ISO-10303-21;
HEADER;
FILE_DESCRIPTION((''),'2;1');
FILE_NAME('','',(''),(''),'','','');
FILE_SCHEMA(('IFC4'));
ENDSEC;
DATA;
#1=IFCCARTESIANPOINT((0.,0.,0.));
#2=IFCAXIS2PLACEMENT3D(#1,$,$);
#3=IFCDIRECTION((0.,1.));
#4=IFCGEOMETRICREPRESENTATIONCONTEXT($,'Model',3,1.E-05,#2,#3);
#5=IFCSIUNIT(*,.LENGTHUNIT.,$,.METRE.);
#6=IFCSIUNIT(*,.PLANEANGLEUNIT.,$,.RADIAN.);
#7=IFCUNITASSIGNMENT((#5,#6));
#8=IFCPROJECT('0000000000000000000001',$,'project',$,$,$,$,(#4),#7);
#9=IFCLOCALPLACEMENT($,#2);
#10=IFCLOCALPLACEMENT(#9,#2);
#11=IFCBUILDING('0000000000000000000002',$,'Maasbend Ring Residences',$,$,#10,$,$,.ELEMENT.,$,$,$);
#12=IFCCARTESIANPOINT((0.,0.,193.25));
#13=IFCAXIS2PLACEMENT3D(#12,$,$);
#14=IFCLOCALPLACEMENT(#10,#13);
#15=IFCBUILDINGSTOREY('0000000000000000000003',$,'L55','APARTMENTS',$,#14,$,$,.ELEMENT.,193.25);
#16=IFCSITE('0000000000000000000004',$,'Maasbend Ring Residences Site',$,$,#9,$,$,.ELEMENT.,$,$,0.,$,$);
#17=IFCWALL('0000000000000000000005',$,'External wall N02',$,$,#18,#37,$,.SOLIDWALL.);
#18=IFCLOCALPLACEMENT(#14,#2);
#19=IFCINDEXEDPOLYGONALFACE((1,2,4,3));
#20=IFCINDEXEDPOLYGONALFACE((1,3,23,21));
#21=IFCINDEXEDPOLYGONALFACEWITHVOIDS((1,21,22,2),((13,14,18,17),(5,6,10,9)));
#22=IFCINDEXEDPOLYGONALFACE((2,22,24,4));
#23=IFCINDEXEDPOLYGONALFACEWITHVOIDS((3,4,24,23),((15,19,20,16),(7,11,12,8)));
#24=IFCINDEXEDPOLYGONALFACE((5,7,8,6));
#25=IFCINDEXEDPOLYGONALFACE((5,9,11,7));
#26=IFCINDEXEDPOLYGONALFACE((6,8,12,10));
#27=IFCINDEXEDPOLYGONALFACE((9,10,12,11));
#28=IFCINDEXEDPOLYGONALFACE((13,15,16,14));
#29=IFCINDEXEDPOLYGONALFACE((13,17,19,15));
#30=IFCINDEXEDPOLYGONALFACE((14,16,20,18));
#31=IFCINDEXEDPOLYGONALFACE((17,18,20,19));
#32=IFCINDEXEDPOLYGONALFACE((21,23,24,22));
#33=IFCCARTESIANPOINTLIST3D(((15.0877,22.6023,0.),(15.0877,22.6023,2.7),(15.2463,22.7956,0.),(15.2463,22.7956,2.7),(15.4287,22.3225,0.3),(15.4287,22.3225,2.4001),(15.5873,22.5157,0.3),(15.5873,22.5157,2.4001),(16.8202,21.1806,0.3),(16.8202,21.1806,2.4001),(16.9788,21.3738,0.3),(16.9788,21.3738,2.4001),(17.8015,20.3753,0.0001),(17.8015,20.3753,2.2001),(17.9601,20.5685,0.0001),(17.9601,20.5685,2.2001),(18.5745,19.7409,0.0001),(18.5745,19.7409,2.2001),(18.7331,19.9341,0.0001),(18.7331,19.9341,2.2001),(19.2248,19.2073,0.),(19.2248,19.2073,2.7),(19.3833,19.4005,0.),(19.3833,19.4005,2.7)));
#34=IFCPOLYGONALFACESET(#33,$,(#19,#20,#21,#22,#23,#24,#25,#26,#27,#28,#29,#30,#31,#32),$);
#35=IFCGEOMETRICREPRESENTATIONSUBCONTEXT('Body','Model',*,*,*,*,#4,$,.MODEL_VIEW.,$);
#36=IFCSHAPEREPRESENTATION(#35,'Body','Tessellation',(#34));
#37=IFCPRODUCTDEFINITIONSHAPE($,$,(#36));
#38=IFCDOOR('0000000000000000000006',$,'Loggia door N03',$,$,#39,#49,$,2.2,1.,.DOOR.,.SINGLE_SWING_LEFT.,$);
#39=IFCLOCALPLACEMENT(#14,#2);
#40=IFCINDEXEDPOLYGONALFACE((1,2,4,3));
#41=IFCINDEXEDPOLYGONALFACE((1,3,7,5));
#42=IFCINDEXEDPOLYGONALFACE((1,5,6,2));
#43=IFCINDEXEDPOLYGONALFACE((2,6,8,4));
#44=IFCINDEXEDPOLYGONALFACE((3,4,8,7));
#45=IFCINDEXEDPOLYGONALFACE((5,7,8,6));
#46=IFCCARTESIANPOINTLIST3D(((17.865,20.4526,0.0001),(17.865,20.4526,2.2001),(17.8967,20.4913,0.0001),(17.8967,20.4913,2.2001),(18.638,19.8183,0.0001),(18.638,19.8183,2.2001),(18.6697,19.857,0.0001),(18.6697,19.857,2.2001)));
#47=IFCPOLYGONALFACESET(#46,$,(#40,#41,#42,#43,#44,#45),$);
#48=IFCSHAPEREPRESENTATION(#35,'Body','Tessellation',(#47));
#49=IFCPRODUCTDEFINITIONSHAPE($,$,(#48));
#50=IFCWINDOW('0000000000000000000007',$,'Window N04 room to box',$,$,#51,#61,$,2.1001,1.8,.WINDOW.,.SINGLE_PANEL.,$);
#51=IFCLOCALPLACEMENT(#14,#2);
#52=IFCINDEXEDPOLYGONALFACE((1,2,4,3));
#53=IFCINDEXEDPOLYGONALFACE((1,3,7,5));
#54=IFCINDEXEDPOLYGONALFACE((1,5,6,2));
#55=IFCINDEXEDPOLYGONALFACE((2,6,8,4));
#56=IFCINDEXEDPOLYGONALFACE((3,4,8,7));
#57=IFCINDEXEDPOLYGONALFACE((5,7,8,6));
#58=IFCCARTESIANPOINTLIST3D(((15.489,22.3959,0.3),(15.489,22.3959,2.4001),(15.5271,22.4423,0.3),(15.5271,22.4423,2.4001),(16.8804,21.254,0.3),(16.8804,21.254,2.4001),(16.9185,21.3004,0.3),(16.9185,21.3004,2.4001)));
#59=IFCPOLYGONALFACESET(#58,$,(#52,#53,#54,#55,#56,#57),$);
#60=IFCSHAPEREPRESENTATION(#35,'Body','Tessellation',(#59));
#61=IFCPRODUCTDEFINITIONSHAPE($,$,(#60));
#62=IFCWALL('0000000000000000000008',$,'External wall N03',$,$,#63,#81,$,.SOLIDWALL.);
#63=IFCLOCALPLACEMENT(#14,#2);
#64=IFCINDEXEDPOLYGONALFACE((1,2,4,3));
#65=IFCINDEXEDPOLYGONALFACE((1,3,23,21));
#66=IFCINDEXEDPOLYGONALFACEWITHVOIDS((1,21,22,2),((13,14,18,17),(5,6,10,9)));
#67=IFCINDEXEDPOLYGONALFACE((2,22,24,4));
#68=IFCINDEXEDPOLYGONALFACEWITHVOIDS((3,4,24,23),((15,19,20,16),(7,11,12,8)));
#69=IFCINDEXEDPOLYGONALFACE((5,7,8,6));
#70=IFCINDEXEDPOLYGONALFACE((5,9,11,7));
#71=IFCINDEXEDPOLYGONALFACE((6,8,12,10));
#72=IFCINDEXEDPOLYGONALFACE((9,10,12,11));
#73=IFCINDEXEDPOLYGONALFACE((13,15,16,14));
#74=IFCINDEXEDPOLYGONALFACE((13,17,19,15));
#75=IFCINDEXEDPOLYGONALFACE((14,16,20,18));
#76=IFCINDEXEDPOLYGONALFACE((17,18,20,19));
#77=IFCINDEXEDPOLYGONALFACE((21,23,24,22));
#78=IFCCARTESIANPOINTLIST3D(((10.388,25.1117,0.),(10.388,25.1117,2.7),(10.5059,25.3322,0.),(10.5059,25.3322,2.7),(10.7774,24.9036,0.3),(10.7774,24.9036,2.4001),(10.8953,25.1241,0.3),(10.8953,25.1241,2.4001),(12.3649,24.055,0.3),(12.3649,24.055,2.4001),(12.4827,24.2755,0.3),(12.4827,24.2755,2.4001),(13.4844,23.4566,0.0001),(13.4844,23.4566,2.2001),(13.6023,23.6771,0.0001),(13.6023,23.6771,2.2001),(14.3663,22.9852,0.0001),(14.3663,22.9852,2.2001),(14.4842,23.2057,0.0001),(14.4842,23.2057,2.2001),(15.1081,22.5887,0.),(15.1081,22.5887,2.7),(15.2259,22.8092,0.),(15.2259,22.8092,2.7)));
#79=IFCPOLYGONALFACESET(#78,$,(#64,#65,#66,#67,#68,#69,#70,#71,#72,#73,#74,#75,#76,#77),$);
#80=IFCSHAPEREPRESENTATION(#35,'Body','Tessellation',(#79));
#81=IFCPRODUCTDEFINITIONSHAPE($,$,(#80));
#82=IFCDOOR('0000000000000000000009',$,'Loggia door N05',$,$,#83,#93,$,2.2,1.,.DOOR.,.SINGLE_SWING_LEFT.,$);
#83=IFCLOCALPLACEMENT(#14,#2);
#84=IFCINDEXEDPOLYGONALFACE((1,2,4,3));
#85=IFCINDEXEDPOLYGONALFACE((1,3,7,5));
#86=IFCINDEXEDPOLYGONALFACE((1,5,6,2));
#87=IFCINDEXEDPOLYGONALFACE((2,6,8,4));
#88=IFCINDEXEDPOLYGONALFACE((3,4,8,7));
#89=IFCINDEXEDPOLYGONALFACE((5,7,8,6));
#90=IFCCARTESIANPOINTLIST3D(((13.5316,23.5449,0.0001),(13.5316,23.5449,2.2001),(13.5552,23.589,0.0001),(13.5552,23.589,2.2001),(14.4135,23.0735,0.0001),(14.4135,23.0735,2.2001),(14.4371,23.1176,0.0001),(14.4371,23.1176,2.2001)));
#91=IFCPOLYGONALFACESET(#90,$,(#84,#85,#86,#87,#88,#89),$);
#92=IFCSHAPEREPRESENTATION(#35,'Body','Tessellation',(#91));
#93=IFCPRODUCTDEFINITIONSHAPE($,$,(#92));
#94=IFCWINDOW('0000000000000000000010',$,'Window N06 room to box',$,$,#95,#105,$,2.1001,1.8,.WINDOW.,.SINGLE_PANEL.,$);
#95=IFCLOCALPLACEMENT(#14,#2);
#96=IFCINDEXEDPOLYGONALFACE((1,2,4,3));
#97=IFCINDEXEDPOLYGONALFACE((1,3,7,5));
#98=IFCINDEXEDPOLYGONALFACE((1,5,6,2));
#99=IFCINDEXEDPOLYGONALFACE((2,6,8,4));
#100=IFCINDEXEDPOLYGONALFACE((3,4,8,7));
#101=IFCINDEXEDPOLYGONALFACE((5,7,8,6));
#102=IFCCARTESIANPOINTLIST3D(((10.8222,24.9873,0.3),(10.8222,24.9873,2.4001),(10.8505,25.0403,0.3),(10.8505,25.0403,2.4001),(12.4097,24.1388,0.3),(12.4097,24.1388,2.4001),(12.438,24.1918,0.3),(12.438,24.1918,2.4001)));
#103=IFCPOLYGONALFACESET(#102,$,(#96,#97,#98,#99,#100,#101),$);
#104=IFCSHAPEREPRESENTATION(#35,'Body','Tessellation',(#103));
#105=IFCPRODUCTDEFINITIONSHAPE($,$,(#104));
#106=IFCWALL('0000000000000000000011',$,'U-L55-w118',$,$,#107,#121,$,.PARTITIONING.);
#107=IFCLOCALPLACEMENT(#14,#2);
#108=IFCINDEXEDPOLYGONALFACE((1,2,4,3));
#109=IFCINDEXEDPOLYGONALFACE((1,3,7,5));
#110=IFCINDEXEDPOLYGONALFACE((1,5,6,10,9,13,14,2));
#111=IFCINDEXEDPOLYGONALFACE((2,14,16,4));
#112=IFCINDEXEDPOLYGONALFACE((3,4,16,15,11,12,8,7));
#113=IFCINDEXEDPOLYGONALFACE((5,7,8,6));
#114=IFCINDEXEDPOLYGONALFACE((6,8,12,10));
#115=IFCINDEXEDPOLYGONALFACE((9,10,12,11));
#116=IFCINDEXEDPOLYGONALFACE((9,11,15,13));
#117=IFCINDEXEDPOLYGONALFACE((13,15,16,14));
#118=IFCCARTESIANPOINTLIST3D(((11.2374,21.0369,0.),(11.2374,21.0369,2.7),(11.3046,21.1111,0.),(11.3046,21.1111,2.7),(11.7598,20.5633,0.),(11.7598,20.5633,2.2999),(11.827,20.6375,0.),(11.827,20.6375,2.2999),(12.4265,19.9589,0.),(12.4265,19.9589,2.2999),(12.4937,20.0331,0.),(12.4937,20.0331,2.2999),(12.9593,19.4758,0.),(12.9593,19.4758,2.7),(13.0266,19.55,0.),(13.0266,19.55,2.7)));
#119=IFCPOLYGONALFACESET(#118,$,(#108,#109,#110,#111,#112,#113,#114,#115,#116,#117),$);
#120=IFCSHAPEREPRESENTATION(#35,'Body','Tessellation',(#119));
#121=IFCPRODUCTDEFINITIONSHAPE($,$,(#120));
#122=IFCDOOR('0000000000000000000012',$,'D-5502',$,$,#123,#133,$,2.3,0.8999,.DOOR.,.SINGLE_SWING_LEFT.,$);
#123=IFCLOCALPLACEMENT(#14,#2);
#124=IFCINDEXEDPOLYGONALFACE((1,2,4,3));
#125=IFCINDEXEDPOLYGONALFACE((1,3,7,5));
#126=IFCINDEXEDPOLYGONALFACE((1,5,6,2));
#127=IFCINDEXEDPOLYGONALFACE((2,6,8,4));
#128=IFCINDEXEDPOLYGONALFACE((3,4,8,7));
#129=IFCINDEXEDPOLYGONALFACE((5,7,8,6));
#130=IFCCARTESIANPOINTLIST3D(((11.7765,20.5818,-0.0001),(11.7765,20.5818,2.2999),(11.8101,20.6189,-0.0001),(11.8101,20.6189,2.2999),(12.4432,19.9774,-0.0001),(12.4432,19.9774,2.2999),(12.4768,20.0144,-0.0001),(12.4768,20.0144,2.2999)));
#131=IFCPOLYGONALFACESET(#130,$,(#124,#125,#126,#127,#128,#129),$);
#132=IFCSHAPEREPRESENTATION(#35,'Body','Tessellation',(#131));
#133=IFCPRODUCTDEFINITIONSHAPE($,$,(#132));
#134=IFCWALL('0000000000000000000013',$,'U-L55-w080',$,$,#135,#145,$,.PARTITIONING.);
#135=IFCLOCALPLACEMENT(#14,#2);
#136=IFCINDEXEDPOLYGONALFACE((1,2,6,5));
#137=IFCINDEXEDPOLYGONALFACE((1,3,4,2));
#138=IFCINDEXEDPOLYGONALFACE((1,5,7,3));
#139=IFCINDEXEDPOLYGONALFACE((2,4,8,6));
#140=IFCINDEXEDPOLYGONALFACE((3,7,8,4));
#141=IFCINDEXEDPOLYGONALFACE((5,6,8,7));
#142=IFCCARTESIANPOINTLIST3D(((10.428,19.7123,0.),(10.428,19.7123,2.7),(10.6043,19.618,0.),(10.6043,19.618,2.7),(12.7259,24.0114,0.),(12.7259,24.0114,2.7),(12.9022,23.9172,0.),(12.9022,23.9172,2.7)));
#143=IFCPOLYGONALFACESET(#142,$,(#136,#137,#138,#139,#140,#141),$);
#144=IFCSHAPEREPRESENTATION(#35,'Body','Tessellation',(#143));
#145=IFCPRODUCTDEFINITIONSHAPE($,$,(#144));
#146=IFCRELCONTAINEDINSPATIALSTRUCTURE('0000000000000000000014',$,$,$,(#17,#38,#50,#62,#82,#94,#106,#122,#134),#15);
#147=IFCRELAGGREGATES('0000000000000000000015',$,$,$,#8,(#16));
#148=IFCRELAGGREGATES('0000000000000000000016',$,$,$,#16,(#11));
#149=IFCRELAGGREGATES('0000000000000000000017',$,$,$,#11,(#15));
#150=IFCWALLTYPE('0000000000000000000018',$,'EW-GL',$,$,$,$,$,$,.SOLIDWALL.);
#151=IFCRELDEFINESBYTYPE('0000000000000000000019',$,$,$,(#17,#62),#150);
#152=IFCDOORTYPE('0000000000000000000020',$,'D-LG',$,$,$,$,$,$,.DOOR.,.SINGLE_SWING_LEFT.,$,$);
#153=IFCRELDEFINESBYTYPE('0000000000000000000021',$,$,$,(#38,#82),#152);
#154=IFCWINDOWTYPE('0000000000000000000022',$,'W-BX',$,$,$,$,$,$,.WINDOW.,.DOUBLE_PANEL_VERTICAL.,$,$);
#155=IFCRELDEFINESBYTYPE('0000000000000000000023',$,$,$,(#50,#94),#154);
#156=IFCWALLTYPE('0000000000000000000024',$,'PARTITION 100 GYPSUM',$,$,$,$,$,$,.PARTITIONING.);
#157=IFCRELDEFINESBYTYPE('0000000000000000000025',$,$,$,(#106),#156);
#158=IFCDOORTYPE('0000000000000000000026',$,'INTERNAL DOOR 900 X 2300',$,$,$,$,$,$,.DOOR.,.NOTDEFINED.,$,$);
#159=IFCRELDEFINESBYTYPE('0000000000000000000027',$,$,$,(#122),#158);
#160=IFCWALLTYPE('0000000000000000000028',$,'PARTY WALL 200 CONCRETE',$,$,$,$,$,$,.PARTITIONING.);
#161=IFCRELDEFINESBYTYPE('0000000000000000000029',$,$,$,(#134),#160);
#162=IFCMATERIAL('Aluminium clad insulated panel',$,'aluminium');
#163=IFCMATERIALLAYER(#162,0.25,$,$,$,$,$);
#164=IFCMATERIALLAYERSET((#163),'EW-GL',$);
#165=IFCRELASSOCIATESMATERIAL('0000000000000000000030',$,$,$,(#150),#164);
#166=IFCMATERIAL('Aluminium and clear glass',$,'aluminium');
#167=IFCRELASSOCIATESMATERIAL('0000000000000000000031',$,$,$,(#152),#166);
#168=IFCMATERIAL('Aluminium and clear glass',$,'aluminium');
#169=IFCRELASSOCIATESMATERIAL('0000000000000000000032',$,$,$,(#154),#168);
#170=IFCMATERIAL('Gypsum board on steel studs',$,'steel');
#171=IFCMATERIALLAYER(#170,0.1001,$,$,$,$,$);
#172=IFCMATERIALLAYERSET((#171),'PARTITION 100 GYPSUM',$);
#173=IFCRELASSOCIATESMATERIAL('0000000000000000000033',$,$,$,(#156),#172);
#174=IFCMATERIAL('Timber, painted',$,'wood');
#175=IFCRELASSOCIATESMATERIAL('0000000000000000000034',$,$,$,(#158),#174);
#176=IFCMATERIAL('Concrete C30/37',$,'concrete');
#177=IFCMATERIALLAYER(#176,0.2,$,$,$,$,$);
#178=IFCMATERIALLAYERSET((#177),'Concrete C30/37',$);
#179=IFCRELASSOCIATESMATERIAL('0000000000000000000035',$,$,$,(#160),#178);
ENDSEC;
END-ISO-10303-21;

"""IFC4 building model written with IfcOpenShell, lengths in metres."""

from ifc_helpers import new_model, si_unit, direction, frame, frame_2d, origin, place, context, subcontext, project, spatial, rectangle, extrude, material, layer, layer_set, type_object, element, fill, save


model = new_model("IFC4")

# Units and contexts
model_context = context("Model", 3, precision=1e-05, world=origin(), true_north=direction((0.0, 1.0)))
body_context = subcontext(model_context, "Body", "Model", "MODEL_VIEW")
ifc_project = project(units=[si_unit("LENGTHUNIT", "METRE"), si_unit("PLANEANGLEUNIT", "RADIAN")], contexts=[model_context])

# Site, building, storey
site_placement = place(None, origin())
site = spatial("IfcSite", under=ifc_project, at=site_placement, Name="Maasbend Ring Residences Site", CompositionType="ELEMENT", RefElevation=0.0)
building_placement = place(site_placement, origin())
building = spatial("IfcBuilding", under=site, at=building_placement, Name="Maasbend Ring Residences", CompositionType="ELEMENT")
storey_placement = place(building_placement, frame((0.0, 0.0, 193.25)))
storey = spatial("IfcBuildingStorey", under=building, at=storey_placement, Name="L55", Description="APARTMENTS", CompositionType="ELEMENT", Elevation=193.25)

# Walls, openings, doors, windows
ifc_material_1 = material(Name="Aluminium clad insulated panel", Category="aluminium")
ifc_layer_1 = layer(ifc_material_1, 0.25)
ifc_layer_set_1 = layer_set([ifc_layer_1], Name="EW-GL")
wall_type_1 = type_object("IfcWallType", Name="EW-GL", PredefinedType="SOLIDWALL", material=ifc_layer_set_1)
wall_1_placement = place(storey_placement, frame((19.304, 19.304, 0.0), z_axis=(0.0, 0.0, 1.0), x_axis=(-0.773019, 0.634382, 0.0)))
wall_1 = element("IfcWall", 1, at=wall_1_placement, inside=storey, type_object=wall_type_1, Name="External wall N02", PredefinedType="SOLIDWALL", context=body_context, shape_type="SweptSolid", body=[
    extrude(rectangle(XDim=5.3518, YDim=0.25, at=frame_2d((2.6758, 0.0))), origin(), (0.0, 0.0, 1.0), 2.7),
])
opening_1_placement = place(wall_1_placement, frame((0.8411, 0.0, 0.0)))
opening_1 = element("IfcOpeningElement", 2, at=opening_1_placement, cuts=wall_1, PredefinedType="OPENING", context=body_context, shape_type="SweptSolid", body=[
    extrude(rectangle(XDim=1.0, YDim=2.2, at=frame_2d((0.5, 1.1001))), frame((0.0, 0.135, 0.0), z_axis=(0.0, -1.0, 0.0), x_axis=(1.0, 0.0, 0.0)), (0.0, 0.0, 1.0), 0.27),
])
opening_2_placement = place(wall_1_placement, frame((3.1106, 0.0, 0.3)))
opening_2 = element("IfcOpeningElement", 3, at=opening_2_placement, cuts=wall_1, PredefinedType="OPENING", context=body_context, shape_type="SweptSolid", body=[
    extrude(rectangle(XDim=1.8, YDim=2.1001, at=frame_2d((0.8999, 1.05))), frame((0.0, 0.135, 0.0), z_axis=(0.0, -1.0, 0.0), x_axis=(1.0, 0.0, 0.0)), (0.0, 0.0, 1.0), 0.27),
])
ifc_material_2 = material(Name="Aluminium and clear glass", Category="aluminium")
door_type_1 = type_object("IfcDoorType", Name="D-LG", OperationType="SINGLE_SWING_LEFT", PredefinedType="DOOR", material=ifc_material_2)
door_1_placement = place(opening_1_placement, origin())
door_1 = element("IfcDoor", 4, at=door_1_placement, inside=storey, type_object=door_type_1, Name="Loggia door N03", OperationType="SINGLE_SWING_LEFT", OverallHeight=2.2, OverallWidth=1.0, PredefinedType="DOOR", context=body_context, shape_type="SweptSolid", body=[
    extrude(rectangle(XDim=1.0, YDim=2.2, at=frame_2d((0.5, 1.1001))), frame((0.0, 0.0249, 0.0), z_axis=(0.0, -1.0, 0.0), x_axis=(1.0, 0.0, 0.0)), (0.0, 0.0, 1.0), 0.05),
])
fill(opening_1, door_1)
ifc_material_3 = material(Name="Aluminium and clear glass", Category="aluminium")
window_type_1 = type_object("IfcWindowType", Name="W-BX", PartitioningType="DOUBLE_PANEL_VERTICAL", PredefinedType="WINDOW", material=ifc_material_3)
window_1_placement = place(opening_2_placement, origin())
window_1 = element("IfcWindow", 5, at=window_1_placement, inside=storey, type_object=window_type_1, Name="Window N04 room to box", OverallHeight=2.1001, OverallWidth=1.8, PartitioningType="SINGLE_PANEL", PredefinedType="WINDOW", context=body_context, shape_type="SweptSolid", body=[
    extrude(rectangle(XDim=1.8, YDim=2.1001, at=frame_2d((0.8999, 1.05))), frame((0.0, 0.03, 0.0), z_axis=(0.0, -1.0, 0.0), x_axis=(1.0, 0.0, 0.0)), (0.0, 0.0, 1.0), 0.0601),
])
fill(opening_2, window_1)
wall_2_placement = place(storey_placement, frame((15.167, 22.699, 0.0), z_axis=(0.0, 0.0, 1.0), x_axis=(-0.881916, 0.471407, 0.0)))
wall_2 = element("IfcWall", 6, at=wall_2_placement, inside=storey, type_object=wall_type_1, Name="External wall N03", PredefinedType="SOLIDWALL", context=body_context, shape_type="SweptSolid", body=[
    extrude(rectangle(XDim=5.3521, YDim=0.25, at=frame_2d((2.676, 0.0))), origin(), (0.0, 0.0, 1.0), 2.7),
])
opening_3_placement = place(wall_2_placement, frame((0.8411, 0.0, 0.0)))
opening_3 = element("IfcOpeningElement", 7, at=opening_3_placement, cuts=wall_2, PredefinedType="OPENING", context=body_context, shape_type="SweptSolid", body=[
    extrude(rectangle(XDim=1.0, YDim=2.2, at=frame_2d((0.5, 1.1001))), frame((0.0, 0.135, 0.0), z_axis=(0.0, -1.0, 0.0), x_axis=(1.0, 0.0, 0.0)), (0.0, 0.0, 1.0), 0.27),
])
opening_4_placement = place(wall_2_placement, frame((3.1106, 0.0, 0.3)))
opening_4 = element("IfcOpeningElement", 8, at=opening_4_placement, cuts=wall_2, PredefinedType="OPENING", context=body_context, shape_type="SweptSolid", body=[
    extrude(rectangle(XDim=1.8, YDim=2.1001, at=frame_2d((0.8999, 1.05))), frame((0.0, 0.135, 0.0), z_axis=(0.0, -1.0, 0.0), x_axis=(1.0, 0.0, 0.0)), (0.0, 0.0, 1.0), 0.27),
])
door_2_placement = place(opening_3_placement, origin())
door_2 = element("IfcDoor", 9, at=door_2_placement, inside=storey, type_object=door_type_1, Name="Loggia door N05", OperationType="SINGLE_SWING_LEFT", OverallHeight=2.2, OverallWidth=1.0, PredefinedType="DOOR", context=body_context, shape_type="SweptSolid", body=[
    extrude(rectangle(XDim=1.0, YDim=2.2, at=frame_2d((0.5, 1.1001))), frame((0.0, 0.0249, 0.0), z_axis=(0.0, -1.0, 0.0), x_axis=(1.0, 0.0, 0.0)), (0.0, 0.0, 1.0), 0.05),
])
fill(opening_3, door_2)
window_2_placement = place(opening_4_placement, origin())
window_2 = element("IfcWindow", 10, at=window_2_placement, inside=storey, type_object=window_type_1, Name="Window N06 room to box", OverallHeight=2.1001, OverallWidth=1.8, PartitioningType="SINGLE_PANEL", PredefinedType="WINDOW", context=body_context, shape_type="SweptSolid", body=[
    extrude(rectangle(XDim=1.8, YDim=2.1001, at=frame_2d((0.8999, 1.05))), frame((0.0, 0.03, 0.0), z_axis=(0.0, -1.0, 0.0), x_axis=(1.0, 0.0, 0.0)), (0.0, 0.0, 1.0), 0.0601),
])
fill(opening_4, window_2)

# Wall, opening, door
ifc_material_4 = material(Name="Gypsum board on steel studs", Category="steel")
ifc_layer_2 = layer(ifc_material_4, 0.1001)
ifc_layer_set_2 = layer_set([ifc_layer_2], Name="PARTITION 100 GYPSUM")
wall_type_2 = type_object("IfcWallType", Name="PARTITION 100 GYPSUM", PredefinedType="PARTITIONING", material=ifc_layer_set_2)
wall_3_placement = place(storey_placement, frame((11.271, 21.074, 0.0), z_axis=(0.0, 0.0, 1.0), x_axis=(0.740871, -0.671647, 0.0)))
wall_3 = element("IfcWall", 11, at=wall_3_placement, inside=storey, type_object=wall_type_2, Name="U-L55-w118", PredefinedType="PARTITIONING", context=body_context, shape_type="SweptSolid", body=[
    extrude(rectangle(XDim=2.3242, YDim=0.1001, at=frame_2d((1.1621, 0.0))), origin(), (0.0, 0.0, 1.0), 2.7),
])
opening_5_placement = place(wall_3_placement, frame((0.7051, 0.0, 0.0)))
opening_5 = element("IfcOpeningElement", 12, at=opening_5_placement, cuts=wall_3, PredefinedType="OPENING", context=body_context, shape_type="SweptSolid", body=[
    extrude(rectangle(XDim=0.8999, YDim=2.3, at=frame_2d((0.45, 1.1499))), frame((0.0, 0.0601, 0.0), z_axis=(0.0, -1.0, 0.0), x_axis=(1.0, 0.0, 0.0)), (0.0, 0.0, 1.0), 0.1201),
])
ifc_material_5 = material(Name="Timber, painted", Category="wood")
door_type_2 = type_object("IfcDoorType", Name="INTERNAL DOOR 900 X 2300", OperationType="NOTDEFINED", PredefinedType="DOOR", material=ifc_material_5)
door_3_placement = place(opening_5_placement, origin())
door_3 = element("IfcDoor", 13, at=door_3_placement, inside=storey, type_object=door_type_2, Name="D-5502", OperationType="SINGLE_SWING_LEFT", OverallHeight=2.3, OverallWidth=0.8999, PredefinedType="DOOR", context=body_context, shape_type="SweptSolid", body=[
    extrude(rectangle(XDim=0.8999, YDim=2.3, at=frame_2d((0.45, 1.1499))), frame((0.0, 0.0249, 0.0), z_axis=(0.0, -1.0, 0.0), x_axis=(1.0, 0.0, 0.0)), (0.0, 0.0, 1.0), 0.05),
])
fill(opening_5, door_3)

# Wall
ifc_material_6 = material(Name="Concrete C30/37", Category="concrete")
ifc_layer_3 = layer(ifc_material_6, 0.2)
ifc_layer_set_3 = layer_set([ifc_layer_3], Name="Concrete C30/37")
wall_type_3 = type_object("IfcWallType", Name="PARTY WALL 200 CONCRETE", PredefinedType="PARTITIONING", material=ifc_layer_set_3)
wall_4_placement = place(storey_placement, frame((10.5161, 19.665, 0.0), z_axis=(0.0, 0.0, 1.0), x_axis=(0.471389, 0.881926, 0.0)))
element("IfcWall", 14, at=wall_4_placement, inside=storey, type_object=wall_type_3, Name="U-L55-w080", PredefinedType="PARTITIONING", context=body_context, shape_type="SweptSolid", body=[
    extrude(rectangle(XDim=4.8748, YDim=0.2, at=frame_2d((2.4375, 0.0))), origin(), (0.0, 0.0, 1.0), 2.7),
])

save(model, "model.ifc")
